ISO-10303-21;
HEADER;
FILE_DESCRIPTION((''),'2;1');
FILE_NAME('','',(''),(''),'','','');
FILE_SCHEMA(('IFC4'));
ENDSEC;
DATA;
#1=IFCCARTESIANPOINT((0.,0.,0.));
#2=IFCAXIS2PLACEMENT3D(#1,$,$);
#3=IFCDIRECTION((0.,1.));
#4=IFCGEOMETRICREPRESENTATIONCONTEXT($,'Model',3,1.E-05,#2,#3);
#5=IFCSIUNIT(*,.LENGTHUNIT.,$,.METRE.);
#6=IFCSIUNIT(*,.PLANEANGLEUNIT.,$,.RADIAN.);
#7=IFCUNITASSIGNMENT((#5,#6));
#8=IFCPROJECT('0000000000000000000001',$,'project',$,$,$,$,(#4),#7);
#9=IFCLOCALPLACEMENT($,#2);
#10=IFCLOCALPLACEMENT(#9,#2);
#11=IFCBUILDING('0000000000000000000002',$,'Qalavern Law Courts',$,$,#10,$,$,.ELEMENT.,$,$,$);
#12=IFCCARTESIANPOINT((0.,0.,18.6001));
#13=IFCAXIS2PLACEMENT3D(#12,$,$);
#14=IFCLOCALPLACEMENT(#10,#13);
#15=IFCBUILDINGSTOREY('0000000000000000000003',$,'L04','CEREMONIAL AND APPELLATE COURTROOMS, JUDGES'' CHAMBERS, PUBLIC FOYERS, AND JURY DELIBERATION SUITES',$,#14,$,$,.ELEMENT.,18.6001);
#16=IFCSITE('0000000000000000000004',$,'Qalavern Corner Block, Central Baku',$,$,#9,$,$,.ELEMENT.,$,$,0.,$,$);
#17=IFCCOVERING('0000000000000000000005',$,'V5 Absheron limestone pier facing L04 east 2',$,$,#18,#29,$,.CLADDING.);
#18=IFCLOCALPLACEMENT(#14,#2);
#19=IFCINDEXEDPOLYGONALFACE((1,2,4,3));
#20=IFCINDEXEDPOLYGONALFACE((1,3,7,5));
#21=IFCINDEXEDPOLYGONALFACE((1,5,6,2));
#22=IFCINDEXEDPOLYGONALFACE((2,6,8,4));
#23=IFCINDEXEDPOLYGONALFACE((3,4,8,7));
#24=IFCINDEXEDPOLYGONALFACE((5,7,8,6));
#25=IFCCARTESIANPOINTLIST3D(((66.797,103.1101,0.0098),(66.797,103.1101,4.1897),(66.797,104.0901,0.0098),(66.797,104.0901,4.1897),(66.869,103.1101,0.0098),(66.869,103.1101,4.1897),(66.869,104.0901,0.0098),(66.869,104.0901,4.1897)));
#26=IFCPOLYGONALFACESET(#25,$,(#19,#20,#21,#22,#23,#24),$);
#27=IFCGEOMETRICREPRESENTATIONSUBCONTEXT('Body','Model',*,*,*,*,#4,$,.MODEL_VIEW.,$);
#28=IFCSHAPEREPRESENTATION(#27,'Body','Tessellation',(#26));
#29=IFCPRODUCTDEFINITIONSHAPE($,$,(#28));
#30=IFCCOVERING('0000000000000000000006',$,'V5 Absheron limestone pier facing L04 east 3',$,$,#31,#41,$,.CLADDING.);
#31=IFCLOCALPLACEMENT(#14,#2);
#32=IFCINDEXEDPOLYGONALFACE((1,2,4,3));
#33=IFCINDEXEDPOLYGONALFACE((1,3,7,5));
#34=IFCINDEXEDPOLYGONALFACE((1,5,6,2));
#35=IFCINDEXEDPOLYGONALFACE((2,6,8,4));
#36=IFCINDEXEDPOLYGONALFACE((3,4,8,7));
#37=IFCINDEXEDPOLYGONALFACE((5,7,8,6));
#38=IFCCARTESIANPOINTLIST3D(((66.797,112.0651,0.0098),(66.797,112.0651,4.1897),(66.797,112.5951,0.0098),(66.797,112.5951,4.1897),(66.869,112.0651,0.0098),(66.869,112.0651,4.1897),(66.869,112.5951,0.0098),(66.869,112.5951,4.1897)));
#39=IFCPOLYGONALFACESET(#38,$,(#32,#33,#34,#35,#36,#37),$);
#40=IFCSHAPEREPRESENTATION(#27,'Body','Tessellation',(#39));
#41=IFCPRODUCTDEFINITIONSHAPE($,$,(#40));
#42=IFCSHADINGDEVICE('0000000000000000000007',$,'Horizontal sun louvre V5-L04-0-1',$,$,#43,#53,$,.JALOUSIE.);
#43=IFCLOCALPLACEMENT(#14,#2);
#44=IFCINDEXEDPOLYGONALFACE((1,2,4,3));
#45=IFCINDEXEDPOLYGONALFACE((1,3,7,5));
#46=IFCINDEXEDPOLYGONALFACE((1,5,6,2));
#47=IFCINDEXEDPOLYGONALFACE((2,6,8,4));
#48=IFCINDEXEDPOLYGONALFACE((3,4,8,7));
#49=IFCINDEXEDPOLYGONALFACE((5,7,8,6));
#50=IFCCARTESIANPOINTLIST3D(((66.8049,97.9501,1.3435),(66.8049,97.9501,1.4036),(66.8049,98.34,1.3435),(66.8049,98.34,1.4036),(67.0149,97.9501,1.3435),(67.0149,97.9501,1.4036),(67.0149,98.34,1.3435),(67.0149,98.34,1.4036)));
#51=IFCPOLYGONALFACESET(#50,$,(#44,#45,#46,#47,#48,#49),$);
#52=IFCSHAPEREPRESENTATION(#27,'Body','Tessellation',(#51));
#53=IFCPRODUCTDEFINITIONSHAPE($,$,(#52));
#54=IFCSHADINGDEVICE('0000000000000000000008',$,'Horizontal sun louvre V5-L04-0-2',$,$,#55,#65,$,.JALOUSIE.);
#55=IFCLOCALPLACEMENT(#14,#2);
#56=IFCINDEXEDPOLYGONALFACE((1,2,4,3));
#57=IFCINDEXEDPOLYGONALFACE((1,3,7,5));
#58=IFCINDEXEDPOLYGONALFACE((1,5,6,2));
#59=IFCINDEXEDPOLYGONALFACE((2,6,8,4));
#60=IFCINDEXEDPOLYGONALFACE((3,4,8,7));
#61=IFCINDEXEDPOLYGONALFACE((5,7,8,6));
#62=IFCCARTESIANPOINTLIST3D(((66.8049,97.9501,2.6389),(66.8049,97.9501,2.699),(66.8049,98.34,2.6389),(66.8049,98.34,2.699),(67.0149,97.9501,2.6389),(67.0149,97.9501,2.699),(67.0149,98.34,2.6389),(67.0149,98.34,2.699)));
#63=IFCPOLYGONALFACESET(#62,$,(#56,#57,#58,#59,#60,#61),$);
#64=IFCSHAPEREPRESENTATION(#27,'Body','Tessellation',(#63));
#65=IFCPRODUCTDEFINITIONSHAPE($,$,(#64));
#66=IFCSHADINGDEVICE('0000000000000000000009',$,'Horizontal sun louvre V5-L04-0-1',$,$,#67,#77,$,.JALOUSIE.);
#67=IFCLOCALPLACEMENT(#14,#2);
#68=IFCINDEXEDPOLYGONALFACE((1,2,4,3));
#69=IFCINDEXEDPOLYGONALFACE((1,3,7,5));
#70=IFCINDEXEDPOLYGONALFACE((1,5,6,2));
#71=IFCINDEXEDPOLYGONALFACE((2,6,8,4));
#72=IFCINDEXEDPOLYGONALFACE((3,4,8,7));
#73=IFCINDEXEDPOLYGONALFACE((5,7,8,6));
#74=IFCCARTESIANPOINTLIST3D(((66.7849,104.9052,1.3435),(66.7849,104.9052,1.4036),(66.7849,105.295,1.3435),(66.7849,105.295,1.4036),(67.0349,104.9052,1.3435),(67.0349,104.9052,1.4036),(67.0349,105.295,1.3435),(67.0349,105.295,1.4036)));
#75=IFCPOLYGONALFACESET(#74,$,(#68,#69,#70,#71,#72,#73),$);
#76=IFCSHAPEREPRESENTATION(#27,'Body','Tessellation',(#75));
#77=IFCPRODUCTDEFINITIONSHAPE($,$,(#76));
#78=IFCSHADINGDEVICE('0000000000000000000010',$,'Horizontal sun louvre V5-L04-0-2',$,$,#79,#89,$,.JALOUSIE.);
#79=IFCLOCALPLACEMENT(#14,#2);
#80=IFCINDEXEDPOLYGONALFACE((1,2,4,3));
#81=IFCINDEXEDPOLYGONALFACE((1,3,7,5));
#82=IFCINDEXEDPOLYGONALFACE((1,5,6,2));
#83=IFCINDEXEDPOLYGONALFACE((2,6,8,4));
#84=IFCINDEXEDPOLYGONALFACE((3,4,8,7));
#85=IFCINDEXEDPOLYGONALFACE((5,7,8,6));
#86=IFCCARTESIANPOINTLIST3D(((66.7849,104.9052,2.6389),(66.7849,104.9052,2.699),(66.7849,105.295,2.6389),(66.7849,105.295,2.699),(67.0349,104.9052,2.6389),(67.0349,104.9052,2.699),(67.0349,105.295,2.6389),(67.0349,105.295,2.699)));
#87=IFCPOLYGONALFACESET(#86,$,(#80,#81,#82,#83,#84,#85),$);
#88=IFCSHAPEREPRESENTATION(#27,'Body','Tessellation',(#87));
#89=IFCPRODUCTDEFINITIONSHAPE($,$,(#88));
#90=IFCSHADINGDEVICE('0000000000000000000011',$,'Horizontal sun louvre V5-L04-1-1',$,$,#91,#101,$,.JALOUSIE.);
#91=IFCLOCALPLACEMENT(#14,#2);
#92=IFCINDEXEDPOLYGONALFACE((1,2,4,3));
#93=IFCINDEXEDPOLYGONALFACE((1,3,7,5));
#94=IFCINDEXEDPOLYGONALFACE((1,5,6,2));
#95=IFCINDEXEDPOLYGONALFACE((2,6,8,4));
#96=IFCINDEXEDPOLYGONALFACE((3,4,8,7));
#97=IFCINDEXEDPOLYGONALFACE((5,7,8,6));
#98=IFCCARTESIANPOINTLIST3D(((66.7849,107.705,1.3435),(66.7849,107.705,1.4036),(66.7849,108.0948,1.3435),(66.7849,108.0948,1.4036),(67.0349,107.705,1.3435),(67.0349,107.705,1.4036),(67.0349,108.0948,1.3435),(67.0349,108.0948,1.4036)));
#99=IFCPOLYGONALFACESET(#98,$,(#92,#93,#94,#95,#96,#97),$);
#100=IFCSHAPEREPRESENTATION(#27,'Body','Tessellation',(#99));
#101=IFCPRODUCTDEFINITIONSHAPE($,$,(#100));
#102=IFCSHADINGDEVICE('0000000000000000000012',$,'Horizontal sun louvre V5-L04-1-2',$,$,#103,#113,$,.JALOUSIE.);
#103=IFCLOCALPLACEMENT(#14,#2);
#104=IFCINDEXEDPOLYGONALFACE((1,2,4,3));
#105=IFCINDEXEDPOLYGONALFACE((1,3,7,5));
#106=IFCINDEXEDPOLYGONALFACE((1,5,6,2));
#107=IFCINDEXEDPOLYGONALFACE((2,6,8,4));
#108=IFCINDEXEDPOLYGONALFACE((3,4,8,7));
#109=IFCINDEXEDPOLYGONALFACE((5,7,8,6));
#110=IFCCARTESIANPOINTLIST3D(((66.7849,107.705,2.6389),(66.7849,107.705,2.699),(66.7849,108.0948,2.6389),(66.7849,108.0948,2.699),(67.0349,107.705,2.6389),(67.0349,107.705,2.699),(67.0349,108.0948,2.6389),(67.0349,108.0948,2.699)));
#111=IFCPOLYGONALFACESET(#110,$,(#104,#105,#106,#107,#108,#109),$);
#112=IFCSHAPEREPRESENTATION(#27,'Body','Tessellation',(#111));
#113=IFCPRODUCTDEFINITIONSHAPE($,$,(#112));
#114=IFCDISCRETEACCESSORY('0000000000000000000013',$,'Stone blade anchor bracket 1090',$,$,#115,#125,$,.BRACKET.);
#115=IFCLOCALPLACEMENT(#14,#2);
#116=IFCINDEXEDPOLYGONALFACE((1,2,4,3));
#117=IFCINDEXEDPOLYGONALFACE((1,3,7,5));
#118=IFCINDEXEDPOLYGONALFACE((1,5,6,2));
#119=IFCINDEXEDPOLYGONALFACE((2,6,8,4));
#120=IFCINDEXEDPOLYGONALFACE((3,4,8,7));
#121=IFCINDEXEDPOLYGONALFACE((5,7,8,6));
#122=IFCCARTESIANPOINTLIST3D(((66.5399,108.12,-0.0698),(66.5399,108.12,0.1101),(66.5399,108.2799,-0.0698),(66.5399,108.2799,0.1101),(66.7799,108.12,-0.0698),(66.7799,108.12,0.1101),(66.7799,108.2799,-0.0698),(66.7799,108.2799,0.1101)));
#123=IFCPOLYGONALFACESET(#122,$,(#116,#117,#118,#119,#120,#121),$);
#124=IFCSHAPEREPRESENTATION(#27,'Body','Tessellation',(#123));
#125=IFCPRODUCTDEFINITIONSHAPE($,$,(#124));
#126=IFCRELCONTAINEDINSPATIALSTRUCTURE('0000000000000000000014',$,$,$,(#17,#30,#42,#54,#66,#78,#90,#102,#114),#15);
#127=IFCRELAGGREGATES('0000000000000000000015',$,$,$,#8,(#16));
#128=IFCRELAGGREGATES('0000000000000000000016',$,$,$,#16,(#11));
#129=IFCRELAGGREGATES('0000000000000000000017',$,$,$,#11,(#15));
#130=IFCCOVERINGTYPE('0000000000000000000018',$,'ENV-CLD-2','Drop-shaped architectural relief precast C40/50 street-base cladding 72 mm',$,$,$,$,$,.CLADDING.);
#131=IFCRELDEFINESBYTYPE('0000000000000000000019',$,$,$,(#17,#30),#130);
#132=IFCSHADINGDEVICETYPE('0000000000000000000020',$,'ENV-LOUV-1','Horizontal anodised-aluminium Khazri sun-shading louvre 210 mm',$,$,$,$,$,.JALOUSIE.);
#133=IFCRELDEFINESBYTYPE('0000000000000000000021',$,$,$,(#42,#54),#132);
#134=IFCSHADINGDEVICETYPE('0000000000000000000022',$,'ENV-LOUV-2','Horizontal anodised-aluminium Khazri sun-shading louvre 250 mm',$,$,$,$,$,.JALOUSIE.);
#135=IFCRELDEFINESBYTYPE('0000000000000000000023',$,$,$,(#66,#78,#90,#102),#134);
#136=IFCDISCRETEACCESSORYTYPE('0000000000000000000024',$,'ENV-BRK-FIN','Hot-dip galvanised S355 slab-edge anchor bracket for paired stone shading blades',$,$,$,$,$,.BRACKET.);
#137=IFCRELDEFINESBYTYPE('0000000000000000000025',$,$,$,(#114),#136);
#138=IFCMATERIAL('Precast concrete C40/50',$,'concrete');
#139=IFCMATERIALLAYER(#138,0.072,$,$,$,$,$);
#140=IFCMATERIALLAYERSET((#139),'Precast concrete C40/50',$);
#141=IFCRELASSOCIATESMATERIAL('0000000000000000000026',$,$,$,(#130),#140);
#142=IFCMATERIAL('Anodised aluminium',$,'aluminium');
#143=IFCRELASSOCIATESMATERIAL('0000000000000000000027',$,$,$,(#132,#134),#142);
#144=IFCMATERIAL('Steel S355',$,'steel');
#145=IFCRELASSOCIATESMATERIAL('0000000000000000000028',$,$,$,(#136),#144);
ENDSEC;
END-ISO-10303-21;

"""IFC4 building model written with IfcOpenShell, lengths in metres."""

from ifc_helpers import new_model, si_unit, direction, frame, origin, origin_2d, place, context, subcontext, project, spatial, rectangle, extrude, material, layer, layer_set, type_object, element, save


model = new_model("IFC4")

# Units and contexts
model_context = context("Model", 3, precision=1e-05, world=origin(), true_north=direction((0.0, 1.0)))
body_context = subcontext(model_context, "Body", "Model", "MODEL_VIEW")
ifc_project = project(units=[si_unit("LENGTHUNIT", "METRE"), si_unit("PLANEANGLEUNIT", "RADIAN")], contexts=[model_context])

# Site, building, storey
site_placement = place(None, origin())
site = spatial("IfcSite", under=ifc_project, at=site_placement, Name="Qalavern Corner Block, Central Baku", CompositionType="ELEMENT", RefElevation=0.0)
building_placement = place(site_placement, origin())
building = spatial("IfcBuilding", under=site, at=building_placement, Name="Qalavern Law Courts", CompositionType="ELEMENT")
storey_placement = place(building_placement, frame((0.0, 0.0, 18.6001)))
storey = spatial("IfcBuildingStorey", under=building, at=storey_placement, Name="L04", Description="CEREMONIAL AND APPELLATE COURTROOMS, JUDGES' CHAMBERS, PUBLIC FOYERS, AND JURY DELIBERATION SUITES", CompositionType="ELEMENT", Elevation=18.6001)

# Shared definitions
ifc_material_1 = material(Name="Anodised aluminium", Category="aluminium")

# Coverings
ifc_material_2 = material(Name="Precast concrete C40/50", Category="concrete")
ifc_layer_1 = layer(ifc_material_2, 0.072)
ifc_layer_set_1 = layer_set([ifc_layer_1], Name="Precast concrete C40/50")
covering_type_1 = type_object("IfcCoveringType", Name="ENV-CLD-2", Description="Drop-shaped architectural relief precast C40/50 street-base cladding 72 mm", PredefinedType="CLADDING", material=ifc_layer_set_1)
covering_1_placement = place(storey_placement, frame((66.833, 103.6001, 0.0098), z_axis=(0.0, 0.0, 1.0), x_axis=(0.0, 1.0, 0.0)))
element("IfcCovering", 1, at=covering_1_placement, inside=storey, type_object=covering_type_1, Name="V5 Absheron limestone pier facing L04 east 2", PredefinedType="CLADDING", context=body_context, shape_type="SweptSolid", body=[
    extrude(rectangle(XDim=0.98, YDim=0.072, at=origin_2d()), origin(), (0.0, 0.0, 1.0), 4.1799),
])
covering_2_placement = place(storey_placement, frame((66.833, 112.3301, 0.0098), z_axis=(0.0, 0.0, 1.0), x_axis=(0.0, 1.0, 0.0)))
element("IfcCovering", 2, at=covering_2_placement, inside=storey, type_object=covering_type_1, Name="V5 Absheron limestone pier facing L04 east 3", PredefinedType="CLADDING", context=body_context, shape_type="SweptSolid", body=[
    extrude(rectangle(XDim=0.53, YDim=0.072, at=origin_2d()), origin(), (0.0, 0.0, 1.0), 4.1799),
])

# Shading devices
shading_device_type_1 = type_object("IfcShadingDeviceType", Name="ENV-LOUV-1", Description="Horizontal anodised-aluminium Khazri sun-shading louvre 210 mm", PredefinedType="JALOUSIE", material=ifc_material_1)
for number, where, z_axis, x_axis, name in (
    (3, (66.9099, 98.145, 1.3435), (0.0, 0.0, 1.0), (0.0, 1.0, 0.0), "Horizontal sun louvre V5-L04-0-1"),
    (4, (66.9099, 98.145, 2.6389), (0.0, 0.0, 1.0), (0.0, 1.0, 0.0), "Horizontal sun louvre V5-L04-0-2"),
):
    element("IfcShadingDevice", number, at=place(storey_placement, frame(where, z_axis=z_axis, x_axis=x_axis)), inside=storey, type_object=shading_device_type_1, Name=name, PredefinedType="JALOUSIE", context=body_context, shape_type="SweptSolid", body=[
        extrude(rectangle(XDim=0.3899, YDim=0.21, at=origin_2d()), origin(), (0.0, 0.0, 1.0), 0.0601),
    ])
shading_device_type_2 = type_object("IfcShadingDeviceType", Name="ENV-LOUV-2", Description="Horizontal anodised-aluminium Khazri sun-shading louvre 250 mm", PredefinedType="JALOUSIE", material=ifc_material_1)
for number, where, z_axis, x_axis, name in (
    (5, (66.9099, 105.1001, 1.3435), (0.0, 0.0, 1.0), (0.0, 1.0, 0.0), "Horizontal sun louvre V5-L04-0-1"),
    (6, (66.9099, 105.1001, 2.6389), (0.0, 0.0, 1.0), (0.0, 1.0, 0.0), "Horizontal sun louvre V5-L04-0-2"),
    (7, (66.9099, 107.8999, 1.3435), (0.0, 0.0, 1.0), (0.0, 1.0, 0.0), "Horizontal sun louvre V5-L04-1-1"),
    (8, (66.9099, 107.8999, 2.6389), (0.0, 0.0, 1.0), (0.0, 1.0, 0.0), "Horizontal sun louvre V5-L04-1-2"),
):
    element("IfcShadingDevice", number, at=place(storey_placement, frame(where, z_axis=z_axis, x_axis=x_axis)), inside=storey, type_object=shading_device_type_2, Name=name, PredefinedType="JALOUSIE", context=body_context, shape_type="SweptSolid", body=[
        extrude(rectangle(XDim=0.3899, YDim=0.25, at=origin_2d()), origin(), (0.0, 0.0, 1.0), 0.0601),
    ])

# Discrete accessory
ifc_material_3 = material(Name="Steel S355", Category="steel")
discrete_accessory_type = type_object("IfcDiscreteAccessoryType", Name="ENV-BRK-FIN", Description="Hot-dip galvanised S355 slab-edge anchor bracket for paired stone shading blades", PredefinedType="BRACKET", material=ifc_material_3)
discrete_accessory_placement = place(storey_placement, frame((66.6599, 108.2, -0.0698), z_axis=(0.0, 0.0, 1.0), x_axis=(1.0, 0.0, 0.0)))
element("IfcDiscreteAccessory", 9, at=discrete_accessory_placement, inside=storey, type_object=discrete_accessory_type, Name="Stone blade anchor bracket 1090", PredefinedType="BRACKET", context=body_context, shape_type="SweptSolid", body=[
    extrude(rectangle(XDim=0.24, YDim=0.1599, at=origin_2d()), origin(), (0.0, 0.0, 1.0), 0.1799),
])

save(model, "model.ifc")
